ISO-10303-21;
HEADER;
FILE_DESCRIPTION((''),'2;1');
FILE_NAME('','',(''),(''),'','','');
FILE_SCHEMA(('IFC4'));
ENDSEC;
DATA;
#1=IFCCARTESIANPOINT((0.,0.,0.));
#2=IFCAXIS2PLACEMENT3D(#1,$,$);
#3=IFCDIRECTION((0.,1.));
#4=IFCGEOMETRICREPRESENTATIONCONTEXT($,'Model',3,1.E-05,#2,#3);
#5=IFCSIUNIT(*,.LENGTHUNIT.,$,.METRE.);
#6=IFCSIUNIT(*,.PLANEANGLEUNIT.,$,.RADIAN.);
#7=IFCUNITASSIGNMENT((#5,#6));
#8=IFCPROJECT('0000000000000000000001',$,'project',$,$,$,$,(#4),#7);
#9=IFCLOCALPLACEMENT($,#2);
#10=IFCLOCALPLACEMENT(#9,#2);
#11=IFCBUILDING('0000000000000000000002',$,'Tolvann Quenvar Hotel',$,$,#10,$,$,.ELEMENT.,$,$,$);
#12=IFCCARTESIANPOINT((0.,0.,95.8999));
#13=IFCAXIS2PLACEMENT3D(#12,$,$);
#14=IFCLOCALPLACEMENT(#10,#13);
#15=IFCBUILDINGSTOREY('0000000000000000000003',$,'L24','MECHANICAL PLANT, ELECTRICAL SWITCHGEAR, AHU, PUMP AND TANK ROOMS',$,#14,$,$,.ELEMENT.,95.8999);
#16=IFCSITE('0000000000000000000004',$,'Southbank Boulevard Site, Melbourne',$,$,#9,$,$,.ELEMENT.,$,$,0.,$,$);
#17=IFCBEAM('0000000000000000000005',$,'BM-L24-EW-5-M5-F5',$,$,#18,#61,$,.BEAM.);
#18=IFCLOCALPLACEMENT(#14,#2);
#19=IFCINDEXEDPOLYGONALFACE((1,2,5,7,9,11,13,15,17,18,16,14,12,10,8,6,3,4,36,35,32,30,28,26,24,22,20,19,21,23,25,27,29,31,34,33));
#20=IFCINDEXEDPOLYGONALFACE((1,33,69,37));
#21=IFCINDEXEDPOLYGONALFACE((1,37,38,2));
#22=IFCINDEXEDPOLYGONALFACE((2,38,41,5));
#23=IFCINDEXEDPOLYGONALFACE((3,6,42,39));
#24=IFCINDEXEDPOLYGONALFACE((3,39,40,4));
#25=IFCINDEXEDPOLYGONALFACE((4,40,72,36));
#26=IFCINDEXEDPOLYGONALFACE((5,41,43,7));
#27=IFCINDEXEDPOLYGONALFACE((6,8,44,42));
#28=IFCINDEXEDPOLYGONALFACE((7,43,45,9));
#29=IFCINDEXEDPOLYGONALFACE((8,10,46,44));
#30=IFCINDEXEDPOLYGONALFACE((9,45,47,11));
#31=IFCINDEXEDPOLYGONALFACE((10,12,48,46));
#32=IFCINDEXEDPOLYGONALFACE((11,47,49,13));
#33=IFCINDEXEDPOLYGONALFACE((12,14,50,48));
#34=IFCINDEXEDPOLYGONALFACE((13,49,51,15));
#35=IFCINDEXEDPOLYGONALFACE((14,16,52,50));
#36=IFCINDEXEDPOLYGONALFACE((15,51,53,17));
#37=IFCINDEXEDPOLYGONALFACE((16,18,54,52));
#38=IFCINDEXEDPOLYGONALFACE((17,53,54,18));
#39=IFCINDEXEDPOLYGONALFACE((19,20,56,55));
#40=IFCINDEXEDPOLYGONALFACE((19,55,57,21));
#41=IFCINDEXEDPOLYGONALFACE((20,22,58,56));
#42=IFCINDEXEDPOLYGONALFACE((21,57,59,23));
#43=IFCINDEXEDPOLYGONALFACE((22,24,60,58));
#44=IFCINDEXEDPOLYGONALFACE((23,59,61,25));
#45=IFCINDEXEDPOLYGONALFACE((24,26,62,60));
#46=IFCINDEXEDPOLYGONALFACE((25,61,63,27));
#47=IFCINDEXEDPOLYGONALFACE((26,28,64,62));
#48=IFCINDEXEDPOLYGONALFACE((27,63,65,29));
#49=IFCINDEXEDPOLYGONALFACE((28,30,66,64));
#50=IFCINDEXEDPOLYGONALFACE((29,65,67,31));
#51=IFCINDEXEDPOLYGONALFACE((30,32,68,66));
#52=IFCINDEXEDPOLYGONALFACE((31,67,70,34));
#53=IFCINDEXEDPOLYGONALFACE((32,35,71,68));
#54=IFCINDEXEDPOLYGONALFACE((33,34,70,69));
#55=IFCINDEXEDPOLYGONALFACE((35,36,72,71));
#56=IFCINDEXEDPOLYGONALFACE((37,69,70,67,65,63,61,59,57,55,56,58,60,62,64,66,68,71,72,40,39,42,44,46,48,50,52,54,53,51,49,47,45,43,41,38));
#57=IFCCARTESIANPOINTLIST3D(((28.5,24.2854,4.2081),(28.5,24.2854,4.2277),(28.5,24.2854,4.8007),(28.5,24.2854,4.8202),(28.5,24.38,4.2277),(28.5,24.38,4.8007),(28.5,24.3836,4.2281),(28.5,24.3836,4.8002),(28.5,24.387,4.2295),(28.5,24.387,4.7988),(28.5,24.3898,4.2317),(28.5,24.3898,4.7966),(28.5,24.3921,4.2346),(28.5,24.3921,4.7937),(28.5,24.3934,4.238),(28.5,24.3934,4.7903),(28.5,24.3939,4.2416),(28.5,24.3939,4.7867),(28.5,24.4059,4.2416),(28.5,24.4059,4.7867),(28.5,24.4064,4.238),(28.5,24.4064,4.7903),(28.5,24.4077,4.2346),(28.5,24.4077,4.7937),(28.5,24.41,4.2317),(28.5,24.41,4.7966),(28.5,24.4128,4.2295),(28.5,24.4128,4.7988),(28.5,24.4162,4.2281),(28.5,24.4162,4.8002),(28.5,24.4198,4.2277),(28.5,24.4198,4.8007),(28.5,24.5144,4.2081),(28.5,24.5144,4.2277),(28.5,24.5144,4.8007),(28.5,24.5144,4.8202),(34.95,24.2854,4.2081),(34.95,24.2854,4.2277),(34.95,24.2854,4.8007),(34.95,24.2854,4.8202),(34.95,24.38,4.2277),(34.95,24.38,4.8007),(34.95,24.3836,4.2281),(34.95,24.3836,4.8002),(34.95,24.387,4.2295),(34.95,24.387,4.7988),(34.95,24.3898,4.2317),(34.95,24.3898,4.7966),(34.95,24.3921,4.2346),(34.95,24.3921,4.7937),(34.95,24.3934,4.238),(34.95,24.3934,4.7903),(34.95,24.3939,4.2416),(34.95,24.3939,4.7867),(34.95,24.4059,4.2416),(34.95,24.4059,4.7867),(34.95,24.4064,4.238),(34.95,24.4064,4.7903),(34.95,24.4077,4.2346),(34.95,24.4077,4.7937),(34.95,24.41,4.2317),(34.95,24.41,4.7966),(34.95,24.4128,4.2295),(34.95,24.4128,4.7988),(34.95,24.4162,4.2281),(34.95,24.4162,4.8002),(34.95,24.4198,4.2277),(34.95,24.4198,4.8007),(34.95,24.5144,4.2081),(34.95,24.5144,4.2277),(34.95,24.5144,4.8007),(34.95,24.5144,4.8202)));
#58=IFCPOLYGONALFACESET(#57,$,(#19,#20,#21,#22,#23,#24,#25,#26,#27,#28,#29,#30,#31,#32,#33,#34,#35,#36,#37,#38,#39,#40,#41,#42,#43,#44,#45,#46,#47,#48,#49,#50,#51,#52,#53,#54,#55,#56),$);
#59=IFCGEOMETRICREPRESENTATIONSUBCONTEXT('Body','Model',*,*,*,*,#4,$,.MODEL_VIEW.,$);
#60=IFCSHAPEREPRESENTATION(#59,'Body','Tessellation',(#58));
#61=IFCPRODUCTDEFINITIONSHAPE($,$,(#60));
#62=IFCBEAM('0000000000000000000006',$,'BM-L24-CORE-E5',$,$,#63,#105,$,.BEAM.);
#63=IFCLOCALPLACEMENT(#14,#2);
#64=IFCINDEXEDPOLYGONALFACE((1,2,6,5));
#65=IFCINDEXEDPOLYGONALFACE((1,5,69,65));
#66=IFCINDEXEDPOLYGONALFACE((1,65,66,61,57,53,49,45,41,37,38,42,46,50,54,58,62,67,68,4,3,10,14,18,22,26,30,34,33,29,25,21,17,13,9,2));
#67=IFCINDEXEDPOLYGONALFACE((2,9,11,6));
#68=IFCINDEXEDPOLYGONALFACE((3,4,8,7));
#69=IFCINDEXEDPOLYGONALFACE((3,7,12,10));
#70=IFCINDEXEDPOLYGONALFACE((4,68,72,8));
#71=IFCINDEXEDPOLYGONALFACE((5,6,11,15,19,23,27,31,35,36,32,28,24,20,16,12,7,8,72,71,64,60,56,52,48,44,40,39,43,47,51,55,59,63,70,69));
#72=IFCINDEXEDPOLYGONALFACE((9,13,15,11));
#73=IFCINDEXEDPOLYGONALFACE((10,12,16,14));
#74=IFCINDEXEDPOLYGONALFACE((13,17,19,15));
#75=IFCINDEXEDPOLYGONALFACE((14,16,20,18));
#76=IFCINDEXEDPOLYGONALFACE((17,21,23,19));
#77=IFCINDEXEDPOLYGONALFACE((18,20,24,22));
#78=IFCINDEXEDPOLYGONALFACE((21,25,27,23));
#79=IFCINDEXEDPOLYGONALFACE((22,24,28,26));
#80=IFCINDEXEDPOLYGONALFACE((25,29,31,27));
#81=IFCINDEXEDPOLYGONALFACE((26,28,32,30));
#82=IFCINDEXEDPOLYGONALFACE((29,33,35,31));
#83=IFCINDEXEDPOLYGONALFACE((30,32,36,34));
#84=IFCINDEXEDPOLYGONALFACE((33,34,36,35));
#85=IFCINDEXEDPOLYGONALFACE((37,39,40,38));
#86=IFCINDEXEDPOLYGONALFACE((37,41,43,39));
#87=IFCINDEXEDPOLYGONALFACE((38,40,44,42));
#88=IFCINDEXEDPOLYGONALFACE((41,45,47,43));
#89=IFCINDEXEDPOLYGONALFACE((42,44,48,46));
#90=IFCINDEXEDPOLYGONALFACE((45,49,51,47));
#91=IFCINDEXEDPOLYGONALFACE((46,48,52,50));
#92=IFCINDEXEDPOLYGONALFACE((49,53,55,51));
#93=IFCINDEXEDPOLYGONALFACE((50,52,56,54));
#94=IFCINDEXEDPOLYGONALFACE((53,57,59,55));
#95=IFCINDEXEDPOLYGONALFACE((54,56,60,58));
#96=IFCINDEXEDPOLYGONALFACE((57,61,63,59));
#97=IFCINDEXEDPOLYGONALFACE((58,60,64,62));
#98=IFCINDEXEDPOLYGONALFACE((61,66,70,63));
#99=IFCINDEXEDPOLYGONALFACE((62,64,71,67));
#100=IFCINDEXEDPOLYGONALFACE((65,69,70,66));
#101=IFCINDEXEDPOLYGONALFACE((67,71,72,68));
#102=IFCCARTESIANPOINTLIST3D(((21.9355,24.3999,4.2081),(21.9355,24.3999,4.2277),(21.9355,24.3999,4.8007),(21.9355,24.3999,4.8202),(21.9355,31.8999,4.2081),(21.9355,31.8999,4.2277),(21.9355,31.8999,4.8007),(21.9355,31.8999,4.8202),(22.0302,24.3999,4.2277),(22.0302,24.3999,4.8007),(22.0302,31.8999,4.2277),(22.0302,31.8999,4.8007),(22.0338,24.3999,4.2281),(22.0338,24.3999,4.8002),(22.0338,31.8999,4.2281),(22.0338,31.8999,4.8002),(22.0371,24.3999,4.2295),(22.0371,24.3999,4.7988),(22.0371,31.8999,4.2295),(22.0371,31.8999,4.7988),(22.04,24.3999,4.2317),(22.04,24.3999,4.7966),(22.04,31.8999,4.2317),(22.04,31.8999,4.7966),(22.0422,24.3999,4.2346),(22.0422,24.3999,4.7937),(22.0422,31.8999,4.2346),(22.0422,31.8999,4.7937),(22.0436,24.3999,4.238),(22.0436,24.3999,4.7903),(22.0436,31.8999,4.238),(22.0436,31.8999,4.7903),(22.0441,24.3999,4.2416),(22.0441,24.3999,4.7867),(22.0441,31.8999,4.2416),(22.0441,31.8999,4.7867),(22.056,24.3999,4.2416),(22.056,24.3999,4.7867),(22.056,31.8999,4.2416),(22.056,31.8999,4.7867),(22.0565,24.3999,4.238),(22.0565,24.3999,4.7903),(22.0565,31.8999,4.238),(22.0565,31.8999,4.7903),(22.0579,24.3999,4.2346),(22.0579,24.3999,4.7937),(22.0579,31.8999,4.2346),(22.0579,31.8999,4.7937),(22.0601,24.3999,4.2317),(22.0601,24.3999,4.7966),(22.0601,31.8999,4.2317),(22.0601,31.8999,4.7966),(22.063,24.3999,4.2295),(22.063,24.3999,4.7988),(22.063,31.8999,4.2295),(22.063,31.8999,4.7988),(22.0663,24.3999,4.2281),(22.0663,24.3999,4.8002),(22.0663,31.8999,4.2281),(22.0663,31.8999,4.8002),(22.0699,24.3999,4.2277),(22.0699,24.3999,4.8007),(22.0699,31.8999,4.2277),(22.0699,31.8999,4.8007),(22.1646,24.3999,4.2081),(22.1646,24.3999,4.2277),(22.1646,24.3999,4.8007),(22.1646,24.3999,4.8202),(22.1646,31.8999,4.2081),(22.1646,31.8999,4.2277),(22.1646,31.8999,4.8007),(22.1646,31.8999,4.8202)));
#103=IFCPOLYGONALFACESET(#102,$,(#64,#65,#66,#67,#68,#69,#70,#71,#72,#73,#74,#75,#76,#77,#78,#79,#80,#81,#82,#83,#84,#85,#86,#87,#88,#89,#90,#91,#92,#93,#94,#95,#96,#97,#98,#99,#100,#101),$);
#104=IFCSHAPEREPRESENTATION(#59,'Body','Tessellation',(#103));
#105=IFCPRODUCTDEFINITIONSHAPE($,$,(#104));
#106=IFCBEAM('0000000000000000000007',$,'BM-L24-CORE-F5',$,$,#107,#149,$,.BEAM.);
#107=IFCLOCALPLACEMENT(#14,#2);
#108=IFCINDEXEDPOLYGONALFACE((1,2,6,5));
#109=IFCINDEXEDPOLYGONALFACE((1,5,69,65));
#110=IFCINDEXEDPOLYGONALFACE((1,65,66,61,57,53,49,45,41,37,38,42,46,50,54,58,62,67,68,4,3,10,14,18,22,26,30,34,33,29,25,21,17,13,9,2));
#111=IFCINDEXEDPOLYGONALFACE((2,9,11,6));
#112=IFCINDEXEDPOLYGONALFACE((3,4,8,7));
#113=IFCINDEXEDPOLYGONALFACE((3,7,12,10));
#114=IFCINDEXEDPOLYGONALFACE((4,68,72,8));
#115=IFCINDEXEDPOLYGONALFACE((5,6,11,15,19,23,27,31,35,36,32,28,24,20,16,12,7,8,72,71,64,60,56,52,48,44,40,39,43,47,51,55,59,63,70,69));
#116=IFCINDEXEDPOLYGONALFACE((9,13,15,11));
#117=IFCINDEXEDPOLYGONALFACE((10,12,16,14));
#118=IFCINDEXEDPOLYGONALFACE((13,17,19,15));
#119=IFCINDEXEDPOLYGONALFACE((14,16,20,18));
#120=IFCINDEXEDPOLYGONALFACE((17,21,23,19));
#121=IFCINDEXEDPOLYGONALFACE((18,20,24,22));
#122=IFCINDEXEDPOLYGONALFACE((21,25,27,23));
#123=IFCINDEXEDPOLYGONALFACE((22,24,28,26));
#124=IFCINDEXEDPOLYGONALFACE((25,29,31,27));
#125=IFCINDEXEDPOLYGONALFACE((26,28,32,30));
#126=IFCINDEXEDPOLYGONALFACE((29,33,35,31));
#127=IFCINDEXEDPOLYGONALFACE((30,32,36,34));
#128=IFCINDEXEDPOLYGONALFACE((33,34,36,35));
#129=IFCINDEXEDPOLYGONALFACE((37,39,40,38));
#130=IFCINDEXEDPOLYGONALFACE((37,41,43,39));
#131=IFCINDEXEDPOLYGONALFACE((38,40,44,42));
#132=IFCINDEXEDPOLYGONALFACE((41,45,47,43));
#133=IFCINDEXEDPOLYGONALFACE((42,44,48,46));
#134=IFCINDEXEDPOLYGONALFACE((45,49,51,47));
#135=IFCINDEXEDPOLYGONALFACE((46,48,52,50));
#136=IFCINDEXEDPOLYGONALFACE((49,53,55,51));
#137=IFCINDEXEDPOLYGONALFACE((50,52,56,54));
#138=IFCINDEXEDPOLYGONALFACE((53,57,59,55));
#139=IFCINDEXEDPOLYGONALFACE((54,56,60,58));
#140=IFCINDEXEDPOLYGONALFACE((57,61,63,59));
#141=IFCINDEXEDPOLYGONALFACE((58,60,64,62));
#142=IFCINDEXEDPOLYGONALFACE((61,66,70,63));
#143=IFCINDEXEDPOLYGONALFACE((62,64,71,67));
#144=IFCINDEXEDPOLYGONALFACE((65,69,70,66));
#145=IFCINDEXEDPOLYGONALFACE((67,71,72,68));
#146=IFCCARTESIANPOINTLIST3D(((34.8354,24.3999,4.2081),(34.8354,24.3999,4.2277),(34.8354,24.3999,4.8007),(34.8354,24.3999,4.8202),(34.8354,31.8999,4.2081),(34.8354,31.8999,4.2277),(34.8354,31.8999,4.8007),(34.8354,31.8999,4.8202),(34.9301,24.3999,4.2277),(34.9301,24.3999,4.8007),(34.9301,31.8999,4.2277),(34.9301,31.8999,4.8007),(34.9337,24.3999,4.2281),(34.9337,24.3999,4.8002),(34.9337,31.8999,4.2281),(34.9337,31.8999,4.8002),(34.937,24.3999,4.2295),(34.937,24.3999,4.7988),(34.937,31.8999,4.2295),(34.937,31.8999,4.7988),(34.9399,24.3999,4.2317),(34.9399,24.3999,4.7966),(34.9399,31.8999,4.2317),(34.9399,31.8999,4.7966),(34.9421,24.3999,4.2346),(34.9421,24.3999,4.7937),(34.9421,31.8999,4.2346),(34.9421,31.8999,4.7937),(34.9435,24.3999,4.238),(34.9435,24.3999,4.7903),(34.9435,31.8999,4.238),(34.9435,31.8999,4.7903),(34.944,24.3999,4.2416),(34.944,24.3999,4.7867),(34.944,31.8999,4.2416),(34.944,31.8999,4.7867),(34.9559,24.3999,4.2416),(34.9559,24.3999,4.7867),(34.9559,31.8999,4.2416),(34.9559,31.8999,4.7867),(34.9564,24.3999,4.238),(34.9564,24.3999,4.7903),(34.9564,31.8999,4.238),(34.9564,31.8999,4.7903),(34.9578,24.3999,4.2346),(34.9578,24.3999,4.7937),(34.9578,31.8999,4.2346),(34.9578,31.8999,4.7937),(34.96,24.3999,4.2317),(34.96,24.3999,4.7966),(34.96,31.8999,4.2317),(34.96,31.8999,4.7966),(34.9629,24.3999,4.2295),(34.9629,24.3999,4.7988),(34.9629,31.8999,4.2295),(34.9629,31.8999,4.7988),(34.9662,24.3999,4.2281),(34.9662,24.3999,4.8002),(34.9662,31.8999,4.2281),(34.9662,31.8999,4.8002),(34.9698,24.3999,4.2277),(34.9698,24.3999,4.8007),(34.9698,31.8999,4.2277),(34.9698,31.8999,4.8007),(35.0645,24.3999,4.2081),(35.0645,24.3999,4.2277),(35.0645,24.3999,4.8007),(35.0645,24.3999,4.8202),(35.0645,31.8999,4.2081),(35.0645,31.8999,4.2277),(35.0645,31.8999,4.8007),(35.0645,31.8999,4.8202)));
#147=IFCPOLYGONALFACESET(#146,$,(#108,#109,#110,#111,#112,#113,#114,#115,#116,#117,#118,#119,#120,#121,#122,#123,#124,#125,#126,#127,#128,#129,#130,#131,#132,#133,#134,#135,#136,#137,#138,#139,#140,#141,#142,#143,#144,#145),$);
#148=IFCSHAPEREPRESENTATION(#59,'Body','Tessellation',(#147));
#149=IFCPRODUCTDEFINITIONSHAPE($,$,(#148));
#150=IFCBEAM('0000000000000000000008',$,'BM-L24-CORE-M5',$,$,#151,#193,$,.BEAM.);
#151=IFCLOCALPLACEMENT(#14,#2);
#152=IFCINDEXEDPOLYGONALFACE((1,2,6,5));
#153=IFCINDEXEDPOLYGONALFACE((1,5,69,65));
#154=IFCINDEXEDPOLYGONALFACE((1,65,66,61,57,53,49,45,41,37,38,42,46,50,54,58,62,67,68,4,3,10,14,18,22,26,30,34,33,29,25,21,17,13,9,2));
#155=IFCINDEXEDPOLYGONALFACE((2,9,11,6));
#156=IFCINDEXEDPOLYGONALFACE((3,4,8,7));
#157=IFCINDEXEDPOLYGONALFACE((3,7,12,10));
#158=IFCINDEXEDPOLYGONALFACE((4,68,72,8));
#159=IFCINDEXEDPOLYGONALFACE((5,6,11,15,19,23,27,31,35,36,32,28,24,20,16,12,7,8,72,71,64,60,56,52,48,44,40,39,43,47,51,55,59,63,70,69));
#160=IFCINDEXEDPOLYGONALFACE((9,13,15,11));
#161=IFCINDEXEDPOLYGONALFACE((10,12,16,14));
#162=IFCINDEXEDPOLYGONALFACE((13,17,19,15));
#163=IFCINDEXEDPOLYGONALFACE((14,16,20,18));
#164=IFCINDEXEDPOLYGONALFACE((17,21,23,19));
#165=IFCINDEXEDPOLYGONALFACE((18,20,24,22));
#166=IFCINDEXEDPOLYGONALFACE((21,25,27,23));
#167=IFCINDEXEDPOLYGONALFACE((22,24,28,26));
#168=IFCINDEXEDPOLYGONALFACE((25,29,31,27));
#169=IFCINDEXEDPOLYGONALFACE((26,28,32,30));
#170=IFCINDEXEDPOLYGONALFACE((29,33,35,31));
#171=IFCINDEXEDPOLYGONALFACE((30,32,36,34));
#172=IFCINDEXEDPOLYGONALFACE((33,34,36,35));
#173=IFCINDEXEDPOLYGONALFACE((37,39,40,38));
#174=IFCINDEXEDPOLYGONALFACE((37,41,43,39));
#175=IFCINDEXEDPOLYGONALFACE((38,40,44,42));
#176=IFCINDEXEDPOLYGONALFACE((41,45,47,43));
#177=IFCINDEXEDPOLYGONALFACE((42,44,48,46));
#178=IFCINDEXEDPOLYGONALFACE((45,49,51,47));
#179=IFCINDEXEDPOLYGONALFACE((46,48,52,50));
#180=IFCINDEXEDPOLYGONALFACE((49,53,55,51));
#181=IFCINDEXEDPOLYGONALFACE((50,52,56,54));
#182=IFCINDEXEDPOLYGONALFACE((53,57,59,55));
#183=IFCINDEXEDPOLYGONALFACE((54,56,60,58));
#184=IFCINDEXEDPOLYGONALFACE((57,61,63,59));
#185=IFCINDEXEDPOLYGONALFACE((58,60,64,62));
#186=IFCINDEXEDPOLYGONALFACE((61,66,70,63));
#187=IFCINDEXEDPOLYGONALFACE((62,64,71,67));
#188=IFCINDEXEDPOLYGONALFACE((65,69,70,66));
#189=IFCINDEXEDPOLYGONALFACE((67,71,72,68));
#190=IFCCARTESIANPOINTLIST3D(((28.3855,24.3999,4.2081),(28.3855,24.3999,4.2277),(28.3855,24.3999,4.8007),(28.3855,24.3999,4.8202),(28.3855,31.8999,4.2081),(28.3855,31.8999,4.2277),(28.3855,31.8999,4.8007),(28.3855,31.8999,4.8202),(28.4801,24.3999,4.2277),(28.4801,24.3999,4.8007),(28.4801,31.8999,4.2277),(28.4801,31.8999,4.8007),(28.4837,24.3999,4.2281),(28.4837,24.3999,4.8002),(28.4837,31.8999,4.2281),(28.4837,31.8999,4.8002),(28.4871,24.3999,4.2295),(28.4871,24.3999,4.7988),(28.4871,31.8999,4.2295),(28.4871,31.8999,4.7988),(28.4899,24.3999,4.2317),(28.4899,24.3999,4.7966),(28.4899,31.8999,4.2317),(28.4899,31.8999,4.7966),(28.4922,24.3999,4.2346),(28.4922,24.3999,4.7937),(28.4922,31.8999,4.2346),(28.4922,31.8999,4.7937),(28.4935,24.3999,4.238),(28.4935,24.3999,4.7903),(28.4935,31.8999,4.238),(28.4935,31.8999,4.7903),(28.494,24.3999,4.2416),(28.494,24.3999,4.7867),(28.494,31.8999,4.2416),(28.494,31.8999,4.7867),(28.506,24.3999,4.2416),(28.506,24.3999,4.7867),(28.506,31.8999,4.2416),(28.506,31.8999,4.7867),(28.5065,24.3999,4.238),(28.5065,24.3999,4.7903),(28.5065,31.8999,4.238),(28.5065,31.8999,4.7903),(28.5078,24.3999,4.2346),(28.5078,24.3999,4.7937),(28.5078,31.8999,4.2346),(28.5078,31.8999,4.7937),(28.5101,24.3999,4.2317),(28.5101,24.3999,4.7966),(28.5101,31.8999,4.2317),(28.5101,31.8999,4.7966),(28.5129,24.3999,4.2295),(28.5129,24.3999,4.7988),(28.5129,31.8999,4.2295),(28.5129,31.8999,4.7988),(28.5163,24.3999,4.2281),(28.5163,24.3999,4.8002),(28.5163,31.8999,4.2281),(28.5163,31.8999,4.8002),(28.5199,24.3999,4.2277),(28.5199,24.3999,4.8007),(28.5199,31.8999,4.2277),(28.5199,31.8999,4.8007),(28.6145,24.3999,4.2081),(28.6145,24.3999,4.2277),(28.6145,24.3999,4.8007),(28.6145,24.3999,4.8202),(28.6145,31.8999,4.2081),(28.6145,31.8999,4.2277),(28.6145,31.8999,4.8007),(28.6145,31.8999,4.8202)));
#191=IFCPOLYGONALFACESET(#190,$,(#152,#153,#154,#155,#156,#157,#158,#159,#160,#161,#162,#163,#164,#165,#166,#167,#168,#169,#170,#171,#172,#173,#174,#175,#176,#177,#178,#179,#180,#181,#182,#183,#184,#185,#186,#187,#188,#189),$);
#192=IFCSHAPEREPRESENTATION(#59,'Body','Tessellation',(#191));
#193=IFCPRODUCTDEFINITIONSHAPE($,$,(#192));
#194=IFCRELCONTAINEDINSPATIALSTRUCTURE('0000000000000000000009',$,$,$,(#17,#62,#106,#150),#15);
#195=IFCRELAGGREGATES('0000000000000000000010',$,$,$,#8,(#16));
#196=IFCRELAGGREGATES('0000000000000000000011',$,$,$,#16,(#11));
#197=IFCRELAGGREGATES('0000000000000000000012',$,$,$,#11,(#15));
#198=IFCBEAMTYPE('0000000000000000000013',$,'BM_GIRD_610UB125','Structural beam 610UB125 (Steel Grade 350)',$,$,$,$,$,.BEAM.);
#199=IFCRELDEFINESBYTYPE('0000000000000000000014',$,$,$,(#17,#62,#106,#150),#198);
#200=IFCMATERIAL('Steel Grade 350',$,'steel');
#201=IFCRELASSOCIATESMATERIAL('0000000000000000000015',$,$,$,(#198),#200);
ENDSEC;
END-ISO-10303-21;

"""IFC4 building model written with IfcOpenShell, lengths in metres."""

from ifc_helpers import new_model, si_unit, direction, frame, origin, origin_2d, place, context, subcontext, project, spatial, i_section, extrude, source, transform, mapped, material, material_profile, profile_set, type_object, element, save


model = new_model("IFC4")

# Units and contexts
model_context = context("Model", 3, precision=1e-05, world=origin(), true_north=direction((0.0, 1.0)))
body_context = subcontext(model_context, "Body", "Model", "MODEL_VIEW")
ifc_project = project(units=[si_unit("LENGTHUNIT", "METRE"), si_unit("PLANEANGLEUNIT", "RADIAN")], contexts=[model_context])

# Site, building, storey
site_placement = place(None, origin())
site = spatial("IfcSite", under=ifc_project, at=site_placement, Name="Southbank Boulevard Site, Melbourne", CompositionType="ELEMENT", RefElevation=0.0)
building_placement = place(site_placement, origin())
building = spatial("IfcBuilding", under=site, at=building_placement, Name="Tolvann Quenvar Hotel", CompositionType="ELEMENT")
storey_placement = place(building_placement, frame((0.0, 0.0, 95.8999)))
storey = spatial("IfcBuildingStorey", under=building, at=storey_placement, Name="L24", Description="MECHANICAL PLANT, ELECTRICAL SWITCHGEAR, AHU, PUMP AND TANK ROOMS", CompositionType="ELEMENT", Elevation=95.8999)

# Shared definitions
ifc_material_1 = material(Name="Steel Grade 350", Category="steel")

# Beams
ifc_material_profile_1 = material_profile(ifc_material_1, i_section(OverallWidth=0.229, OverallDepth=0.6121, WebThickness=0.012, FlangeThickness=0.0195, FilletRadius=0.0139, at=origin_2d()), Name="610UB125")
ifc_profile_set_1 = profile_set([ifc_material_profile_1], Name="Steel Grade 350")
beam_type_1 = type_object("IfcBeamType", Name="BM_GIRD_610UB125", Description="Structural beam 610UB125 (Steel Grade 350)", PredefinedType="BEAM", material=ifc_profile_set_1)
shared_shape_1 = source(origin(), body_context, "Body", "SweptSolid", [
    extrude(i_section(OverallWidth=0.229, OverallDepth=0.6121, WebThickness=0.012, FlangeThickness=0.0195, FilletRadius=0.0139, at=origin_2d()), origin(), (0.0, 0.0, 1.0), 6.45),
])
for number, where, z_axis, x_axis, name in (
    (1, (28.5, 24.3999, 4.5142), (1.0, 0.0, 0.0), (0.0, 1.0, 0.0), "BM-L24-EW-5-M5-F5"),
):
    element("IfcBeam", number, at=place(storey_placement, frame(where, z_axis=z_axis, x_axis=x_axis)), inside=storey, type_object=beam_type_1, Name=name, PredefinedType="BEAM", context=body_context, shape_type="MappedRepresentation", body=[
        mapped(shared_shape_1, transform((0.0, 0.0, 0.0), x_axis=(1.0, 0.0, 0.0), y_axis=(0.0, 1.0, 0.0), z_axis=(0.0, 0.0, 1.0), scale=1.0)),
    ])
shared_shape_2 = source(origin(), body_context, "Body", "SweptSolid", [
    extrude(i_section(OverallWidth=0.229, OverallDepth=0.6121, WebThickness=0.012, FlangeThickness=0.0195, FilletRadius=0.0139, at=origin_2d()), origin(), (0.0, 0.0, 1.0), 7.5),
])
for number, where, z_axis, x_axis, name in (
    (2, (22.05, 24.3999, 4.5142), (0.0, 1.0, 0.0), (-1.0, 0.0, 0.0), "BM-L24-CORE-E5"),
    (3, (34.95, 24.3999, 4.5142), (0.0, 1.0, 0.0), (-1.0, 0.0, 0.0), "BM-L24-CORE-F5"),
    (4, (28.5, 24.3999, 4.5142), (0.0, 1.0, 0.0), (-1.0, 0.0, 0.0), "BM-L24-CORE-M5"),
):
    element("IfcBeam", number, at=place(storey_placement, frame(where, z_axis=z_axis, x_axis=x_axis)), inside=storey, type_object=beam_type_1, Name=name, PredefinedType="BEAM", context=body_context, shape_type="MappedRepresentation", body=[
        mapped(shared_shape_2, transform((0.0, 0.0, 0.0), x_axis=(1.0, 0.0, 0.0), y_axis=(0.0, 1.0, 0.0), z_axis=(0.0, 0.0, 1.0), scale=1.0)),
    ])

save(model, "model.ifc")
